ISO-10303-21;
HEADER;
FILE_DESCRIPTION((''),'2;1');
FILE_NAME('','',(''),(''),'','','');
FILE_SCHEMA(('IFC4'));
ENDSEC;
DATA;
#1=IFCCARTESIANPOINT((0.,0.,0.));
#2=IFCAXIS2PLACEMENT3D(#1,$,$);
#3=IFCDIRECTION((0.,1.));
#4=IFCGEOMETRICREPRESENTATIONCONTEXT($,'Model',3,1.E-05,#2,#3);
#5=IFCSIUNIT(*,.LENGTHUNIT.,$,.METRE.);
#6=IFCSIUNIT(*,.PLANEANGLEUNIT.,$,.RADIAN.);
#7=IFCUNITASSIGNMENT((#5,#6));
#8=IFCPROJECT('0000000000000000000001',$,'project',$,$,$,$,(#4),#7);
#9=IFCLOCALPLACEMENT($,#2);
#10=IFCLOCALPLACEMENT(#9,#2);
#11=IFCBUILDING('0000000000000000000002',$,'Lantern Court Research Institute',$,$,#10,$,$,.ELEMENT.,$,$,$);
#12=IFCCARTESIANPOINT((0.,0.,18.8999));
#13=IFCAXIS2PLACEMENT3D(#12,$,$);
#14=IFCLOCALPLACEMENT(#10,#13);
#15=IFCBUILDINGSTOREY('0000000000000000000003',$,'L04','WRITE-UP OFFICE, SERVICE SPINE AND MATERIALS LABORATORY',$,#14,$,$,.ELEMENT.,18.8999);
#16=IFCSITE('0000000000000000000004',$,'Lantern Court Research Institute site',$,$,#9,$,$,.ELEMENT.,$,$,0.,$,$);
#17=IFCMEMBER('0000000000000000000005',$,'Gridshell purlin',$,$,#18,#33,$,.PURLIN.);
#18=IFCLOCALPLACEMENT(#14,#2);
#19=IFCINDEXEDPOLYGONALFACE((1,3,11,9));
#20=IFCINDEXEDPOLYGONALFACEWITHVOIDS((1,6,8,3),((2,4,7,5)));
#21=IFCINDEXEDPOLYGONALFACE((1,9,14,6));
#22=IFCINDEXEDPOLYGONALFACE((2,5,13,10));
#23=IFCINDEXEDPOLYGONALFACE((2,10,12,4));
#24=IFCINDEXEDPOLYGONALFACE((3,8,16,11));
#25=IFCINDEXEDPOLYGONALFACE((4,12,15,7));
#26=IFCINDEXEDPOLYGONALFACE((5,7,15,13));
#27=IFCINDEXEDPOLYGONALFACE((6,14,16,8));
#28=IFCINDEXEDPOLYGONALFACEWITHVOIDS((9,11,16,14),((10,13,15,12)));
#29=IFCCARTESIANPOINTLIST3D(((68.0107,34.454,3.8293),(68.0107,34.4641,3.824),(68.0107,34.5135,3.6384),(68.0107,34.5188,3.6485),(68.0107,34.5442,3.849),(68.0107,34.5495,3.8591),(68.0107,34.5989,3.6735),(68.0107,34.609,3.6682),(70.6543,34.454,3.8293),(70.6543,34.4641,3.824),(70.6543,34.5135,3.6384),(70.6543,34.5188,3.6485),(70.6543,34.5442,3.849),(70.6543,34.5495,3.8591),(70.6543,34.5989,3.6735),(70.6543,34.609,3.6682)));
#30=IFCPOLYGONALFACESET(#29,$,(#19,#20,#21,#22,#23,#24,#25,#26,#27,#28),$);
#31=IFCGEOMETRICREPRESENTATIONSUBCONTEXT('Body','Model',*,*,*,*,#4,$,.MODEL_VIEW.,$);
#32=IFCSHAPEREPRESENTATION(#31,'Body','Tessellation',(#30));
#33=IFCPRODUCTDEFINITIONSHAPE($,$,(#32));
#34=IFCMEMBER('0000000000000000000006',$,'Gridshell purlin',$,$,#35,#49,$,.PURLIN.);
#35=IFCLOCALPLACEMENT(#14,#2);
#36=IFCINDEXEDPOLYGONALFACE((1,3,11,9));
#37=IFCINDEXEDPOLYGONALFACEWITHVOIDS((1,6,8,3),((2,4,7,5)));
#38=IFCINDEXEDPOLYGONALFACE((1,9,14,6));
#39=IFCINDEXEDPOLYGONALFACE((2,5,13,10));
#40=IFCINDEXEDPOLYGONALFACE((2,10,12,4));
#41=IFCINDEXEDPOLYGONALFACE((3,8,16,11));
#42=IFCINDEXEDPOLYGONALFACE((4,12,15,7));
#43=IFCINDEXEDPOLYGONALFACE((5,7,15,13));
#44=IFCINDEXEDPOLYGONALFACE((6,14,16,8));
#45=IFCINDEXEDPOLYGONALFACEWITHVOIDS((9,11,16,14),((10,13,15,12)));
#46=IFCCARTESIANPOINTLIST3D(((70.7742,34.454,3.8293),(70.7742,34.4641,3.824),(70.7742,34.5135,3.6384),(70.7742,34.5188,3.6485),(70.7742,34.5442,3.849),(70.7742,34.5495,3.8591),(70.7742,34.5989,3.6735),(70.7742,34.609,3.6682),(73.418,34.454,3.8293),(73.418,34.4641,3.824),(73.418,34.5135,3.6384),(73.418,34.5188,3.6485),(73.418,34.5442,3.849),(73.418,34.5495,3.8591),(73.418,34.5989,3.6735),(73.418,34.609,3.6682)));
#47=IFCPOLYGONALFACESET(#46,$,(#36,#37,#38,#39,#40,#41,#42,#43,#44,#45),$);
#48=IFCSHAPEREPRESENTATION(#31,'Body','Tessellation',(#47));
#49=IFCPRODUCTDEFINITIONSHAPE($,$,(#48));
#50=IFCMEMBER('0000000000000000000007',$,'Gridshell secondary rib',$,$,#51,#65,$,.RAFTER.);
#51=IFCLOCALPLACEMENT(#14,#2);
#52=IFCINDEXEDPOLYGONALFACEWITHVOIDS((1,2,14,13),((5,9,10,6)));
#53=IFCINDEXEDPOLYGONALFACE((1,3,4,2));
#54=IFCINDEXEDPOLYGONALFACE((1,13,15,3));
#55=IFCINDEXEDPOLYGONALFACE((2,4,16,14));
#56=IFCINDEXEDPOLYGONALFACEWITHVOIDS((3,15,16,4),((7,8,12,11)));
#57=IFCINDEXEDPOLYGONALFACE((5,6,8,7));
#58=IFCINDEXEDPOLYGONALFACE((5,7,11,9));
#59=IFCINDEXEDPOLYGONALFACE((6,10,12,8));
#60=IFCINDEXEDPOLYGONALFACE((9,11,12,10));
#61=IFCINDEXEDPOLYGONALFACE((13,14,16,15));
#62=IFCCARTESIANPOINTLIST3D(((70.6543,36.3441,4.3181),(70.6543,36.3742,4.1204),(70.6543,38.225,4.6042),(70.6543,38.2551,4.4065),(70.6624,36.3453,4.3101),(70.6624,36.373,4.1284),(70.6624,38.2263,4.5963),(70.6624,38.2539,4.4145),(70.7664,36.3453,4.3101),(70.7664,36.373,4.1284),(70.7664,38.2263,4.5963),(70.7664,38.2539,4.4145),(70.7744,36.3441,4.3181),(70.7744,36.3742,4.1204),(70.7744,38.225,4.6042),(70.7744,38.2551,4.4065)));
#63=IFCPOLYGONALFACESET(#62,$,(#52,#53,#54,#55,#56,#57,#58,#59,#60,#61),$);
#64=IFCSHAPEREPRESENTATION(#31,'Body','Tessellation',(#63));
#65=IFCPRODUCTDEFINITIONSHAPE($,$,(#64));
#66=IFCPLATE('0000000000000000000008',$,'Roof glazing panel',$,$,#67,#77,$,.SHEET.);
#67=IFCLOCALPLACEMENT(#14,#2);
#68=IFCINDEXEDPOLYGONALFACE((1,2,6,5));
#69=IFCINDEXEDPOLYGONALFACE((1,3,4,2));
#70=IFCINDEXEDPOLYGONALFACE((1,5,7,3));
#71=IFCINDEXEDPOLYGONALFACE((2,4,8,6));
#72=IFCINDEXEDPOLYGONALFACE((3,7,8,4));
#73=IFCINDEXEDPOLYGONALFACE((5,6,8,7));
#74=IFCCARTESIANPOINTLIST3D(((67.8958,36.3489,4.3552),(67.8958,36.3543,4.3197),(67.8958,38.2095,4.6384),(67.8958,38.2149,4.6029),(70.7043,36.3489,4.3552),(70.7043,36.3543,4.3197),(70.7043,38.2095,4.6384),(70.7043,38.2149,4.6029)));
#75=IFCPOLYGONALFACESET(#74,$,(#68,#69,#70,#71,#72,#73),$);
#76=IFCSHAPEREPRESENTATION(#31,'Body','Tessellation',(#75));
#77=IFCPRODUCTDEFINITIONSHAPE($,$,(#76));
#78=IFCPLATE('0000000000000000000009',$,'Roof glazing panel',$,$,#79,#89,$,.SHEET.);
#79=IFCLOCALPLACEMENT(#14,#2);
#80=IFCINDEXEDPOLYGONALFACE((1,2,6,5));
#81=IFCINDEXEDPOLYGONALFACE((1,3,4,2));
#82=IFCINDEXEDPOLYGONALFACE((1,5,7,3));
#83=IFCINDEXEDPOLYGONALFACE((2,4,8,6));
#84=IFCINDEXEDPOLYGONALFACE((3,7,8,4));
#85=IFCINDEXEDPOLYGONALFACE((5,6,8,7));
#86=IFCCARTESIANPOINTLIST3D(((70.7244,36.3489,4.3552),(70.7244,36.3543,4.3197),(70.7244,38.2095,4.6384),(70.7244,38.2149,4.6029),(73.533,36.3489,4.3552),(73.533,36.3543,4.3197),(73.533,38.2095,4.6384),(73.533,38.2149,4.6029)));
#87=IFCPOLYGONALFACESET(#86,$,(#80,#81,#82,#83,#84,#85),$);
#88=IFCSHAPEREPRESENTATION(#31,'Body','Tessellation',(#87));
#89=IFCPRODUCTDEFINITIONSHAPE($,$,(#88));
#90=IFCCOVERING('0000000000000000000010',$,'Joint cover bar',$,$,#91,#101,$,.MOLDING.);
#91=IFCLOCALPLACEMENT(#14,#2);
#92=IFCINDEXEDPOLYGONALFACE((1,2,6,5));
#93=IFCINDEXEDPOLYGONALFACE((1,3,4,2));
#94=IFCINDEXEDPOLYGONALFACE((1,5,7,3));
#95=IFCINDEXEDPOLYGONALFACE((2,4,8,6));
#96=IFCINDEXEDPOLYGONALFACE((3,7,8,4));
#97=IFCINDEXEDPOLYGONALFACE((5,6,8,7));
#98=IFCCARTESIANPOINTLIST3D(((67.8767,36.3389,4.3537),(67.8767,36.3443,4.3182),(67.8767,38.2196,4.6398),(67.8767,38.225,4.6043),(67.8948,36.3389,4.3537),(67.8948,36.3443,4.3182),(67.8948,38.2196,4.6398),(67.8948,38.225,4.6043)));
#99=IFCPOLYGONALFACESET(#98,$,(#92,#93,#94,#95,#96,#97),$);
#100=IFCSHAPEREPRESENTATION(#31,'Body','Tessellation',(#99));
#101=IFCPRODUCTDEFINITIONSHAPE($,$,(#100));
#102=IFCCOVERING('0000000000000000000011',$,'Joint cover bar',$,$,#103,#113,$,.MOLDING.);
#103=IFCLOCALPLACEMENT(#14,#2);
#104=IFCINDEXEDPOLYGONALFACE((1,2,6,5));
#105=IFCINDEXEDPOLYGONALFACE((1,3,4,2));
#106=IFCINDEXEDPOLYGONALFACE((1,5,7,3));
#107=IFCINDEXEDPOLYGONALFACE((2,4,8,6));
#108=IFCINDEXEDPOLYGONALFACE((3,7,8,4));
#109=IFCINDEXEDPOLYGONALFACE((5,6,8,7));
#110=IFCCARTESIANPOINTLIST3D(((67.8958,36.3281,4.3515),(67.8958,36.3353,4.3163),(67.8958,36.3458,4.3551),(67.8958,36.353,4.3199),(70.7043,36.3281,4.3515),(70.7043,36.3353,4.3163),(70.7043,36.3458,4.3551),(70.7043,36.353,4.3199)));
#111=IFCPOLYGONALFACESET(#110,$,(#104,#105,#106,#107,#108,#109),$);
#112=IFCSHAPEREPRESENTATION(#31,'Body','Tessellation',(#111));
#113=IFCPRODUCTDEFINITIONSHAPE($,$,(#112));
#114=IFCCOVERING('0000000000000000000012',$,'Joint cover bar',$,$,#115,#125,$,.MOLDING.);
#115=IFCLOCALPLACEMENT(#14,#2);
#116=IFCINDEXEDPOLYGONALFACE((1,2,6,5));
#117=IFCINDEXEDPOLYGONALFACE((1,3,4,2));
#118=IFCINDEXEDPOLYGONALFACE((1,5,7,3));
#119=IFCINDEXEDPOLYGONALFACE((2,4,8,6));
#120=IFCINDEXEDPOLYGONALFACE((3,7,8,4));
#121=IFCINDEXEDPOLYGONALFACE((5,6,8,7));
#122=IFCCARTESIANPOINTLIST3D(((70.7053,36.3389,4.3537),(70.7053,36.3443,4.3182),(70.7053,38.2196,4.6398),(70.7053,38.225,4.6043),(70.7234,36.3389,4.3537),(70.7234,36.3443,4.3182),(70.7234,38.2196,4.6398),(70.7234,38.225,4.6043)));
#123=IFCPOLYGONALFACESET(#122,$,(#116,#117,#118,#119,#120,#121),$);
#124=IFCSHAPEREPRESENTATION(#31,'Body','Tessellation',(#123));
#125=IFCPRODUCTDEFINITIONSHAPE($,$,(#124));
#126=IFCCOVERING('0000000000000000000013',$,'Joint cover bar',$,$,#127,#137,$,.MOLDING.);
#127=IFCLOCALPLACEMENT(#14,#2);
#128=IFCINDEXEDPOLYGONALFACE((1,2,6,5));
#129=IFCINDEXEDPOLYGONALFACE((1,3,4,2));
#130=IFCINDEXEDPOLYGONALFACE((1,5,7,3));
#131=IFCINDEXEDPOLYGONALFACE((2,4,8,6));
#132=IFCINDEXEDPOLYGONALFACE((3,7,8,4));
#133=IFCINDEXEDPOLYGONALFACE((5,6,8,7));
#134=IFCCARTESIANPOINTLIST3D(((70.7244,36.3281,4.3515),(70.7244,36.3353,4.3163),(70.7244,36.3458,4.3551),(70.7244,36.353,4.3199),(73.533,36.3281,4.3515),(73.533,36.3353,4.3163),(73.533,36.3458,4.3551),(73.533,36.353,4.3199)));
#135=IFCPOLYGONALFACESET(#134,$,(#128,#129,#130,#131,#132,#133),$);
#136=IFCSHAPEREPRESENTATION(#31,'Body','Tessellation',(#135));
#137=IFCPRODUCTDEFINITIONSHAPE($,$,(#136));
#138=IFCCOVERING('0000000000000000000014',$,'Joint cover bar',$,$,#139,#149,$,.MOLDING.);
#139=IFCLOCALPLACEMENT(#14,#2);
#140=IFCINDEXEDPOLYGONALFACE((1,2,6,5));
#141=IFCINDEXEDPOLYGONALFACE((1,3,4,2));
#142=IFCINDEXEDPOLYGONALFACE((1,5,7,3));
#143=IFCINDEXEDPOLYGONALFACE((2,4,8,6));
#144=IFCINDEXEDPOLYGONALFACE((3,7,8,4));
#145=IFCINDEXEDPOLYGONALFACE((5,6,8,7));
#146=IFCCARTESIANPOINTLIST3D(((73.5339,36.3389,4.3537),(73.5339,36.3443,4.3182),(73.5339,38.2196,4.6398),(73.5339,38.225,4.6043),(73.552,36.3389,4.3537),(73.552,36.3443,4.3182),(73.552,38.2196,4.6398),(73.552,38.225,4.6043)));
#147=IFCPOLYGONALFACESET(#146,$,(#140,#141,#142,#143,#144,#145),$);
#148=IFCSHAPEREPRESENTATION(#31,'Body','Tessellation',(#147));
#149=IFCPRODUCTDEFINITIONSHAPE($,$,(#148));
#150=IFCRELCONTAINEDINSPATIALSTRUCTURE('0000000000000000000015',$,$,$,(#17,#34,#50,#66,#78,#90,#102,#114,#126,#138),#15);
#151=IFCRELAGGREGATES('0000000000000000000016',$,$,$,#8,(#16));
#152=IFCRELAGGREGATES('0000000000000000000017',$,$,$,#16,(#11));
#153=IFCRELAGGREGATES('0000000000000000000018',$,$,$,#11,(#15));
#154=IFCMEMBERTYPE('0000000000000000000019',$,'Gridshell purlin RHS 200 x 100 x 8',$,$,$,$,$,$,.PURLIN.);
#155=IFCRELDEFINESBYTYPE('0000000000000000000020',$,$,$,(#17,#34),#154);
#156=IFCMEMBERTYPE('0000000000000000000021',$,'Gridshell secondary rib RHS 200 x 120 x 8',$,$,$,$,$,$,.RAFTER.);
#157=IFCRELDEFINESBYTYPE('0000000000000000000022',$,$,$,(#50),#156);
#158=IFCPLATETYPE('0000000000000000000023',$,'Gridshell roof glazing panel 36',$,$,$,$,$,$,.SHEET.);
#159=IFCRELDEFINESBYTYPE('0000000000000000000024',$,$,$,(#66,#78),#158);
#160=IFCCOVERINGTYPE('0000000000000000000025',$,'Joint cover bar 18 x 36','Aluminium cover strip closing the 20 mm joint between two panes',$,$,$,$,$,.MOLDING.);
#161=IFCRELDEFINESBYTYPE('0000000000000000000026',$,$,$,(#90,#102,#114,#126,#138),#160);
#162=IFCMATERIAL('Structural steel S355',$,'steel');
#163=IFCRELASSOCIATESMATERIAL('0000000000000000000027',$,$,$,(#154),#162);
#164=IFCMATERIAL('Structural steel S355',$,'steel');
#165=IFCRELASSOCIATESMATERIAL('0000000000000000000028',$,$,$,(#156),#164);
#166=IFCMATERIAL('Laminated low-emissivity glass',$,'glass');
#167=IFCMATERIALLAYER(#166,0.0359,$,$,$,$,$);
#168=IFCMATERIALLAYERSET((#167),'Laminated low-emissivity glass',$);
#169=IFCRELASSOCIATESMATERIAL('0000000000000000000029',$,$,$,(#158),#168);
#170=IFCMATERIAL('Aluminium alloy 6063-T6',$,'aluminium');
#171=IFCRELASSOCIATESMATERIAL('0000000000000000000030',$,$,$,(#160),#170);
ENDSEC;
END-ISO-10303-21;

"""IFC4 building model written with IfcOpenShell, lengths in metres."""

from ifc_helpers import new_model, si_unit, direction, frame, origin, origin_2d, place, context, subcontext, project, spatial, polyline, rectangle, hollow_rectangle, outline, extrude, material, layer, layer_set, material_profile, profile_set, type_object, element, save


model = new_model("IFC4")

# Units and contexts
model_context = context("Model", 3, precision=1e-05, world=origin(), true_north=direction((0.0, 1.0)))
body_context = subcontext(model_context, "Body", "Model", "MODEL_VIEW")
ifc_project = project(units=[si_unit("LENGTHUNIT", "METRE"), si_unit("PLANEANGLEUNIT", "RADIAN")], contexts=[model_context])

# Site, building, storey
site_placement = place(None, origin())
site = spatial("IfcSite", under=ifc_project, at=site_placement, Name="Lantern Court Research Institute site", CompositionType="ELEMENT", RefElevation=0.0)
building_placement = place(site_placement, origin())
building = spatial("IfcBuilding", under=site, at=building_placement, Name="Lantern Court Research Institute", CompositionType="ELEMENT")
storey_placement = place(building_placement, frame((0.0, 0.0, 18.8999)))
storey = spatial("IfcBuildingStorey", under=building, at=storey_placement, Name="L04", Description="WRITE-UP OFFICE, SERVICE SPINE AND MATERIALS LABORATORY", CompositionType="ELEMENT", Elevation=18.8999)

# Members
ifc_material_1 = material(Name="Structural steel S355", Category="steel")
ifc_material_profile_1 = material_profile(ifc_material_1, hollow_rectangle(XDim=0.1001, YDim=0.2, WallThickness=0.0081, at=origin_2d()), Name="Gridshell purlin RHS 200 x 100 x 8")
ifc_profile_set_1 = profile_set([ifc_material_profile_1], Name="Structural steel S355")
member_type_1 = type_object("IfcMemberType", Name="Gridshell purlin RHS 200 x 100 x 8", PredefinedType="PURLIN", material=ifc_profile_set_1)
member_1_placement = place(storey_placement, frame((68.0107, 34.5315, 3.7488), z_axis=(1.0, 0.0, 0.0), x_axis=(0.0, 0.954713, 0.297528)))
element("IfcMember", 1, at=member_1_placement, inside=storey, type_object=member_type_1, Name="Gridshell purlin", PredefinedType="PURLIN", context=body_context, shape_type="SweptSolid", body=[
    extrude(hollow_rectangle(XDim=0.1001, YDim=0.2, WallThickness=0.0081, at=origin_2d()), origin(), (0.0, 0.0, 1.0), 2.6436),
])
member_2_placement = place(storey_placement, frame((70.7742, 34.5315, 3.7488), z_axis=(1.0, 0.0, 0.0), x_axis=(0.0, 0.954713, 0.297528)))
element("IfcMember", 2, at=member_2_placement, inside=storey, type_object=member_type_1, Name="Gridshell purlin", PredefinedType="PURLIN", context=body_context, shape_type="SweptSolid", body=[
    extrude(hollow_rectangle(XDim=0.1001, YDim=0.2, WallThickness=0.0081, at=origin_2d()), origin(), (0.0, 0.0, 1.0), 2.6438),
])
ifc_material_2 = material(Name="Structural steel S355", Category="steel")
ifc_material_profile_2 = material_profile(ifc_material_2, hollow_rectangle(XDim=0.1201, YDim=0.2, WallThickness=0.0081, at=origin_2d()), Name="Gridshell secondary rib RHS 200 x 120 x 8")
ifc_profile_set_2 = profile_set([ifc_material_profile_2], Name="Structural steel S355")
member_type_2 = type_object("IfcMemberType", Name="Gridshell secondary rib RHS 200 x 120 x 8", PredefinedType="RAFTER", material=ifc_profile_set_2)
member_3_placement = place(storey_placement, frame((70.7144, 36.3591, 4.2192), z_axis=(0.0, 0.988625, 0.150398), x_axis=(-1.0, 0.0, 0.0)))
element("IfcMember", 3, at=member_3_placement, inside=storey, type_object=member_type_2, Name="Gridshell secondary rib", PredefinedType="RAFTER", context=body_context, shape_type="SweptSolid", body=[
    extrude(hollow_rectangle(XDim=0.1201, YDim=0.2, WallThickness=0.0081, at=origin_2d()), origin(), (0.0, 0.0, 1.0), 1.9026),
])

# Plates
ifc_material_3 = material(Name="Laminated low-emissivity glass", Category="glass")
ifc_layer = layer(ifc_material_3, 0.0359)
ifc_layer_set = layer_set([ifc_layer], Name="Laminated low-emissivity glass")
plate_type = type_object("IfcPlateType", Name="Gridshell roof glazing panel 36", PredefinedType="SHEET", material=ifc_layer_set)
for number, where, z_axis, x_axis, name in (
    (4, (70.7043, 36.3489, 4.3552), (0.0, -0.150478, 0.988613), (-1.0, 0.0, 0.0), "Roof glazing panel"),
    (5, (73.533, 36.3489, 4.3552), (0.0, -0.150478, 0.988613), (-1.0, 0.0, 0.0), "Roof glazing panel"),
):
    element("IfcPlate", number, at=place(storey_placement, frame(where, z_axis=z_axis, x_axis=x_axis)), inside=storey, type_object=plate_type, Name=name, PredefinedType="SHEET", context=body_context, shape_type="SweptSolid", body=[
        extrude(outline(polyline([(0.0, 0.0), (2.8086, 0.0), (2.8086, -1.882), (0.0, -1.882), (0.0, 0.0)])), origin(), (0.0, 0.0, -1.0), 0.0359),
    ])

# Coverings
ifc_material_4 = material(Name="Aluminium alloy 6063-T6", Category="aluminium")
ifc_material_profile_3 = material_profile(ifc_material_4, rectangle(XDim=0.0181, YDim=0.0359, at=origin_2d()), Name="Joint cover bar 18 x 36")
ifc_profile_set_3 = profile_set([ifc_material_profile_3], Name="Aluminium alloy 6063-T6")
covering_type = type_object("IfcCoveringType", Name="Joint cover bar 18 x 36", Description="Aluminium cover strip closing the 20 mm joint between two panes", PredefinedType="MOLDING", material=ifc_profile_set_3)
covering_1_placement = place(storey_placement, frame((67.8857, 36.3416, 4.3359), z_axis=(0.0, 0.988623, 0.150417), x_axis=(-1.0, 0.0, 0.0)))
element("IfcCovering", 6, at=covering_1_placement, inside=storey, type_object=covering_type, Name="Joint cover bar", PredefinedType="MOLDING", context=body_context, shape_type="SweptSolid", body=[
    extrude(rectangle(XDim=0.0181, YDim=0.0359, at=origin_2d()), origin(), (0.0, 0.0, 1.0), 1.9023),
])
covering_2_placement = place(storey_placement, frame((67.8958, 36.3406, 4.3357), z_axis=(1.0, 0.0, 0.0), x_axis=(0.0, 0.979787, 0.200043)))
element("IfcCovering", 7, at=covering_2_placement, inside=storey, type_object=covering_type, Name="Joint cover bar", PredefinedType="MOLDING", context=body_context, shape_type="SweptSolid", body=[
    extrude(rectangle(XDim=0.0181, YDim=0.0359, at=origin_2d()), origin(), (0.0, 0.0, 1.0), 2.8086),
])
covering_3_placement = place(storey_placement, frame((70.7144, 36.3416, 4.3359), z_axis=(0.0, 0.988623, 0.150417), x_axis=(-1.0, 0.0, 0.0)))
element("IfcCovering", 8, at=covering_3_placement, inside=storey, type_object=covering_type, Name="Joint cover bar", PredefinedType="MOLDING", context=body_context, shape_type="SweptSolid", body=[
    extrude(rectangle(XDim=0.0181, YDim=0.0359, at=origin_2d()), origin(), (0.0, 0.0, 1.0), 1.9023),
])
covering_4_placement = place(storey_placement, frame((70.7244, 36.3406, 4.3357), z_axis=(1.0, 0.0, 0.0), x_axis=(0.0, 0.979787, 0.200043)))
element("IfcCovering", 9, at=covering_4_placement, inside=storey, type_object=covering_type, Name="Joint cover bar", PredefinedType="MOLDING", context=body_context, shape_type="SweptSolid", body=[
    extrude(rectangle(XDim=0.0181, YDim=0.0359, at=origin_2d()), origin(), (0.0, 0.0, 1.0), 2.8086),
])
covering_5_placement = place(storey_placement, frame((73.543, 36.3416, 4.3359), z_axis=(0.0, 0.988623, 0.150417), x_axis=(-1.0, 0.0, 0.0)))
element("IfcCovering", 10, at=covering_5_placement, inside=storey, type_object=covering_type, Name="Joint cover bar", PredefinedType="MOLDING", context=body_context, shape_type="SweptSolid", body=[
    extrude(rectangle(XDim=0.0181, YDim=0.0359, at=origin_2d()), origin(), (0.0, 0.0, 1.0), 1.9023),
])

save(model, "model.ifc")
